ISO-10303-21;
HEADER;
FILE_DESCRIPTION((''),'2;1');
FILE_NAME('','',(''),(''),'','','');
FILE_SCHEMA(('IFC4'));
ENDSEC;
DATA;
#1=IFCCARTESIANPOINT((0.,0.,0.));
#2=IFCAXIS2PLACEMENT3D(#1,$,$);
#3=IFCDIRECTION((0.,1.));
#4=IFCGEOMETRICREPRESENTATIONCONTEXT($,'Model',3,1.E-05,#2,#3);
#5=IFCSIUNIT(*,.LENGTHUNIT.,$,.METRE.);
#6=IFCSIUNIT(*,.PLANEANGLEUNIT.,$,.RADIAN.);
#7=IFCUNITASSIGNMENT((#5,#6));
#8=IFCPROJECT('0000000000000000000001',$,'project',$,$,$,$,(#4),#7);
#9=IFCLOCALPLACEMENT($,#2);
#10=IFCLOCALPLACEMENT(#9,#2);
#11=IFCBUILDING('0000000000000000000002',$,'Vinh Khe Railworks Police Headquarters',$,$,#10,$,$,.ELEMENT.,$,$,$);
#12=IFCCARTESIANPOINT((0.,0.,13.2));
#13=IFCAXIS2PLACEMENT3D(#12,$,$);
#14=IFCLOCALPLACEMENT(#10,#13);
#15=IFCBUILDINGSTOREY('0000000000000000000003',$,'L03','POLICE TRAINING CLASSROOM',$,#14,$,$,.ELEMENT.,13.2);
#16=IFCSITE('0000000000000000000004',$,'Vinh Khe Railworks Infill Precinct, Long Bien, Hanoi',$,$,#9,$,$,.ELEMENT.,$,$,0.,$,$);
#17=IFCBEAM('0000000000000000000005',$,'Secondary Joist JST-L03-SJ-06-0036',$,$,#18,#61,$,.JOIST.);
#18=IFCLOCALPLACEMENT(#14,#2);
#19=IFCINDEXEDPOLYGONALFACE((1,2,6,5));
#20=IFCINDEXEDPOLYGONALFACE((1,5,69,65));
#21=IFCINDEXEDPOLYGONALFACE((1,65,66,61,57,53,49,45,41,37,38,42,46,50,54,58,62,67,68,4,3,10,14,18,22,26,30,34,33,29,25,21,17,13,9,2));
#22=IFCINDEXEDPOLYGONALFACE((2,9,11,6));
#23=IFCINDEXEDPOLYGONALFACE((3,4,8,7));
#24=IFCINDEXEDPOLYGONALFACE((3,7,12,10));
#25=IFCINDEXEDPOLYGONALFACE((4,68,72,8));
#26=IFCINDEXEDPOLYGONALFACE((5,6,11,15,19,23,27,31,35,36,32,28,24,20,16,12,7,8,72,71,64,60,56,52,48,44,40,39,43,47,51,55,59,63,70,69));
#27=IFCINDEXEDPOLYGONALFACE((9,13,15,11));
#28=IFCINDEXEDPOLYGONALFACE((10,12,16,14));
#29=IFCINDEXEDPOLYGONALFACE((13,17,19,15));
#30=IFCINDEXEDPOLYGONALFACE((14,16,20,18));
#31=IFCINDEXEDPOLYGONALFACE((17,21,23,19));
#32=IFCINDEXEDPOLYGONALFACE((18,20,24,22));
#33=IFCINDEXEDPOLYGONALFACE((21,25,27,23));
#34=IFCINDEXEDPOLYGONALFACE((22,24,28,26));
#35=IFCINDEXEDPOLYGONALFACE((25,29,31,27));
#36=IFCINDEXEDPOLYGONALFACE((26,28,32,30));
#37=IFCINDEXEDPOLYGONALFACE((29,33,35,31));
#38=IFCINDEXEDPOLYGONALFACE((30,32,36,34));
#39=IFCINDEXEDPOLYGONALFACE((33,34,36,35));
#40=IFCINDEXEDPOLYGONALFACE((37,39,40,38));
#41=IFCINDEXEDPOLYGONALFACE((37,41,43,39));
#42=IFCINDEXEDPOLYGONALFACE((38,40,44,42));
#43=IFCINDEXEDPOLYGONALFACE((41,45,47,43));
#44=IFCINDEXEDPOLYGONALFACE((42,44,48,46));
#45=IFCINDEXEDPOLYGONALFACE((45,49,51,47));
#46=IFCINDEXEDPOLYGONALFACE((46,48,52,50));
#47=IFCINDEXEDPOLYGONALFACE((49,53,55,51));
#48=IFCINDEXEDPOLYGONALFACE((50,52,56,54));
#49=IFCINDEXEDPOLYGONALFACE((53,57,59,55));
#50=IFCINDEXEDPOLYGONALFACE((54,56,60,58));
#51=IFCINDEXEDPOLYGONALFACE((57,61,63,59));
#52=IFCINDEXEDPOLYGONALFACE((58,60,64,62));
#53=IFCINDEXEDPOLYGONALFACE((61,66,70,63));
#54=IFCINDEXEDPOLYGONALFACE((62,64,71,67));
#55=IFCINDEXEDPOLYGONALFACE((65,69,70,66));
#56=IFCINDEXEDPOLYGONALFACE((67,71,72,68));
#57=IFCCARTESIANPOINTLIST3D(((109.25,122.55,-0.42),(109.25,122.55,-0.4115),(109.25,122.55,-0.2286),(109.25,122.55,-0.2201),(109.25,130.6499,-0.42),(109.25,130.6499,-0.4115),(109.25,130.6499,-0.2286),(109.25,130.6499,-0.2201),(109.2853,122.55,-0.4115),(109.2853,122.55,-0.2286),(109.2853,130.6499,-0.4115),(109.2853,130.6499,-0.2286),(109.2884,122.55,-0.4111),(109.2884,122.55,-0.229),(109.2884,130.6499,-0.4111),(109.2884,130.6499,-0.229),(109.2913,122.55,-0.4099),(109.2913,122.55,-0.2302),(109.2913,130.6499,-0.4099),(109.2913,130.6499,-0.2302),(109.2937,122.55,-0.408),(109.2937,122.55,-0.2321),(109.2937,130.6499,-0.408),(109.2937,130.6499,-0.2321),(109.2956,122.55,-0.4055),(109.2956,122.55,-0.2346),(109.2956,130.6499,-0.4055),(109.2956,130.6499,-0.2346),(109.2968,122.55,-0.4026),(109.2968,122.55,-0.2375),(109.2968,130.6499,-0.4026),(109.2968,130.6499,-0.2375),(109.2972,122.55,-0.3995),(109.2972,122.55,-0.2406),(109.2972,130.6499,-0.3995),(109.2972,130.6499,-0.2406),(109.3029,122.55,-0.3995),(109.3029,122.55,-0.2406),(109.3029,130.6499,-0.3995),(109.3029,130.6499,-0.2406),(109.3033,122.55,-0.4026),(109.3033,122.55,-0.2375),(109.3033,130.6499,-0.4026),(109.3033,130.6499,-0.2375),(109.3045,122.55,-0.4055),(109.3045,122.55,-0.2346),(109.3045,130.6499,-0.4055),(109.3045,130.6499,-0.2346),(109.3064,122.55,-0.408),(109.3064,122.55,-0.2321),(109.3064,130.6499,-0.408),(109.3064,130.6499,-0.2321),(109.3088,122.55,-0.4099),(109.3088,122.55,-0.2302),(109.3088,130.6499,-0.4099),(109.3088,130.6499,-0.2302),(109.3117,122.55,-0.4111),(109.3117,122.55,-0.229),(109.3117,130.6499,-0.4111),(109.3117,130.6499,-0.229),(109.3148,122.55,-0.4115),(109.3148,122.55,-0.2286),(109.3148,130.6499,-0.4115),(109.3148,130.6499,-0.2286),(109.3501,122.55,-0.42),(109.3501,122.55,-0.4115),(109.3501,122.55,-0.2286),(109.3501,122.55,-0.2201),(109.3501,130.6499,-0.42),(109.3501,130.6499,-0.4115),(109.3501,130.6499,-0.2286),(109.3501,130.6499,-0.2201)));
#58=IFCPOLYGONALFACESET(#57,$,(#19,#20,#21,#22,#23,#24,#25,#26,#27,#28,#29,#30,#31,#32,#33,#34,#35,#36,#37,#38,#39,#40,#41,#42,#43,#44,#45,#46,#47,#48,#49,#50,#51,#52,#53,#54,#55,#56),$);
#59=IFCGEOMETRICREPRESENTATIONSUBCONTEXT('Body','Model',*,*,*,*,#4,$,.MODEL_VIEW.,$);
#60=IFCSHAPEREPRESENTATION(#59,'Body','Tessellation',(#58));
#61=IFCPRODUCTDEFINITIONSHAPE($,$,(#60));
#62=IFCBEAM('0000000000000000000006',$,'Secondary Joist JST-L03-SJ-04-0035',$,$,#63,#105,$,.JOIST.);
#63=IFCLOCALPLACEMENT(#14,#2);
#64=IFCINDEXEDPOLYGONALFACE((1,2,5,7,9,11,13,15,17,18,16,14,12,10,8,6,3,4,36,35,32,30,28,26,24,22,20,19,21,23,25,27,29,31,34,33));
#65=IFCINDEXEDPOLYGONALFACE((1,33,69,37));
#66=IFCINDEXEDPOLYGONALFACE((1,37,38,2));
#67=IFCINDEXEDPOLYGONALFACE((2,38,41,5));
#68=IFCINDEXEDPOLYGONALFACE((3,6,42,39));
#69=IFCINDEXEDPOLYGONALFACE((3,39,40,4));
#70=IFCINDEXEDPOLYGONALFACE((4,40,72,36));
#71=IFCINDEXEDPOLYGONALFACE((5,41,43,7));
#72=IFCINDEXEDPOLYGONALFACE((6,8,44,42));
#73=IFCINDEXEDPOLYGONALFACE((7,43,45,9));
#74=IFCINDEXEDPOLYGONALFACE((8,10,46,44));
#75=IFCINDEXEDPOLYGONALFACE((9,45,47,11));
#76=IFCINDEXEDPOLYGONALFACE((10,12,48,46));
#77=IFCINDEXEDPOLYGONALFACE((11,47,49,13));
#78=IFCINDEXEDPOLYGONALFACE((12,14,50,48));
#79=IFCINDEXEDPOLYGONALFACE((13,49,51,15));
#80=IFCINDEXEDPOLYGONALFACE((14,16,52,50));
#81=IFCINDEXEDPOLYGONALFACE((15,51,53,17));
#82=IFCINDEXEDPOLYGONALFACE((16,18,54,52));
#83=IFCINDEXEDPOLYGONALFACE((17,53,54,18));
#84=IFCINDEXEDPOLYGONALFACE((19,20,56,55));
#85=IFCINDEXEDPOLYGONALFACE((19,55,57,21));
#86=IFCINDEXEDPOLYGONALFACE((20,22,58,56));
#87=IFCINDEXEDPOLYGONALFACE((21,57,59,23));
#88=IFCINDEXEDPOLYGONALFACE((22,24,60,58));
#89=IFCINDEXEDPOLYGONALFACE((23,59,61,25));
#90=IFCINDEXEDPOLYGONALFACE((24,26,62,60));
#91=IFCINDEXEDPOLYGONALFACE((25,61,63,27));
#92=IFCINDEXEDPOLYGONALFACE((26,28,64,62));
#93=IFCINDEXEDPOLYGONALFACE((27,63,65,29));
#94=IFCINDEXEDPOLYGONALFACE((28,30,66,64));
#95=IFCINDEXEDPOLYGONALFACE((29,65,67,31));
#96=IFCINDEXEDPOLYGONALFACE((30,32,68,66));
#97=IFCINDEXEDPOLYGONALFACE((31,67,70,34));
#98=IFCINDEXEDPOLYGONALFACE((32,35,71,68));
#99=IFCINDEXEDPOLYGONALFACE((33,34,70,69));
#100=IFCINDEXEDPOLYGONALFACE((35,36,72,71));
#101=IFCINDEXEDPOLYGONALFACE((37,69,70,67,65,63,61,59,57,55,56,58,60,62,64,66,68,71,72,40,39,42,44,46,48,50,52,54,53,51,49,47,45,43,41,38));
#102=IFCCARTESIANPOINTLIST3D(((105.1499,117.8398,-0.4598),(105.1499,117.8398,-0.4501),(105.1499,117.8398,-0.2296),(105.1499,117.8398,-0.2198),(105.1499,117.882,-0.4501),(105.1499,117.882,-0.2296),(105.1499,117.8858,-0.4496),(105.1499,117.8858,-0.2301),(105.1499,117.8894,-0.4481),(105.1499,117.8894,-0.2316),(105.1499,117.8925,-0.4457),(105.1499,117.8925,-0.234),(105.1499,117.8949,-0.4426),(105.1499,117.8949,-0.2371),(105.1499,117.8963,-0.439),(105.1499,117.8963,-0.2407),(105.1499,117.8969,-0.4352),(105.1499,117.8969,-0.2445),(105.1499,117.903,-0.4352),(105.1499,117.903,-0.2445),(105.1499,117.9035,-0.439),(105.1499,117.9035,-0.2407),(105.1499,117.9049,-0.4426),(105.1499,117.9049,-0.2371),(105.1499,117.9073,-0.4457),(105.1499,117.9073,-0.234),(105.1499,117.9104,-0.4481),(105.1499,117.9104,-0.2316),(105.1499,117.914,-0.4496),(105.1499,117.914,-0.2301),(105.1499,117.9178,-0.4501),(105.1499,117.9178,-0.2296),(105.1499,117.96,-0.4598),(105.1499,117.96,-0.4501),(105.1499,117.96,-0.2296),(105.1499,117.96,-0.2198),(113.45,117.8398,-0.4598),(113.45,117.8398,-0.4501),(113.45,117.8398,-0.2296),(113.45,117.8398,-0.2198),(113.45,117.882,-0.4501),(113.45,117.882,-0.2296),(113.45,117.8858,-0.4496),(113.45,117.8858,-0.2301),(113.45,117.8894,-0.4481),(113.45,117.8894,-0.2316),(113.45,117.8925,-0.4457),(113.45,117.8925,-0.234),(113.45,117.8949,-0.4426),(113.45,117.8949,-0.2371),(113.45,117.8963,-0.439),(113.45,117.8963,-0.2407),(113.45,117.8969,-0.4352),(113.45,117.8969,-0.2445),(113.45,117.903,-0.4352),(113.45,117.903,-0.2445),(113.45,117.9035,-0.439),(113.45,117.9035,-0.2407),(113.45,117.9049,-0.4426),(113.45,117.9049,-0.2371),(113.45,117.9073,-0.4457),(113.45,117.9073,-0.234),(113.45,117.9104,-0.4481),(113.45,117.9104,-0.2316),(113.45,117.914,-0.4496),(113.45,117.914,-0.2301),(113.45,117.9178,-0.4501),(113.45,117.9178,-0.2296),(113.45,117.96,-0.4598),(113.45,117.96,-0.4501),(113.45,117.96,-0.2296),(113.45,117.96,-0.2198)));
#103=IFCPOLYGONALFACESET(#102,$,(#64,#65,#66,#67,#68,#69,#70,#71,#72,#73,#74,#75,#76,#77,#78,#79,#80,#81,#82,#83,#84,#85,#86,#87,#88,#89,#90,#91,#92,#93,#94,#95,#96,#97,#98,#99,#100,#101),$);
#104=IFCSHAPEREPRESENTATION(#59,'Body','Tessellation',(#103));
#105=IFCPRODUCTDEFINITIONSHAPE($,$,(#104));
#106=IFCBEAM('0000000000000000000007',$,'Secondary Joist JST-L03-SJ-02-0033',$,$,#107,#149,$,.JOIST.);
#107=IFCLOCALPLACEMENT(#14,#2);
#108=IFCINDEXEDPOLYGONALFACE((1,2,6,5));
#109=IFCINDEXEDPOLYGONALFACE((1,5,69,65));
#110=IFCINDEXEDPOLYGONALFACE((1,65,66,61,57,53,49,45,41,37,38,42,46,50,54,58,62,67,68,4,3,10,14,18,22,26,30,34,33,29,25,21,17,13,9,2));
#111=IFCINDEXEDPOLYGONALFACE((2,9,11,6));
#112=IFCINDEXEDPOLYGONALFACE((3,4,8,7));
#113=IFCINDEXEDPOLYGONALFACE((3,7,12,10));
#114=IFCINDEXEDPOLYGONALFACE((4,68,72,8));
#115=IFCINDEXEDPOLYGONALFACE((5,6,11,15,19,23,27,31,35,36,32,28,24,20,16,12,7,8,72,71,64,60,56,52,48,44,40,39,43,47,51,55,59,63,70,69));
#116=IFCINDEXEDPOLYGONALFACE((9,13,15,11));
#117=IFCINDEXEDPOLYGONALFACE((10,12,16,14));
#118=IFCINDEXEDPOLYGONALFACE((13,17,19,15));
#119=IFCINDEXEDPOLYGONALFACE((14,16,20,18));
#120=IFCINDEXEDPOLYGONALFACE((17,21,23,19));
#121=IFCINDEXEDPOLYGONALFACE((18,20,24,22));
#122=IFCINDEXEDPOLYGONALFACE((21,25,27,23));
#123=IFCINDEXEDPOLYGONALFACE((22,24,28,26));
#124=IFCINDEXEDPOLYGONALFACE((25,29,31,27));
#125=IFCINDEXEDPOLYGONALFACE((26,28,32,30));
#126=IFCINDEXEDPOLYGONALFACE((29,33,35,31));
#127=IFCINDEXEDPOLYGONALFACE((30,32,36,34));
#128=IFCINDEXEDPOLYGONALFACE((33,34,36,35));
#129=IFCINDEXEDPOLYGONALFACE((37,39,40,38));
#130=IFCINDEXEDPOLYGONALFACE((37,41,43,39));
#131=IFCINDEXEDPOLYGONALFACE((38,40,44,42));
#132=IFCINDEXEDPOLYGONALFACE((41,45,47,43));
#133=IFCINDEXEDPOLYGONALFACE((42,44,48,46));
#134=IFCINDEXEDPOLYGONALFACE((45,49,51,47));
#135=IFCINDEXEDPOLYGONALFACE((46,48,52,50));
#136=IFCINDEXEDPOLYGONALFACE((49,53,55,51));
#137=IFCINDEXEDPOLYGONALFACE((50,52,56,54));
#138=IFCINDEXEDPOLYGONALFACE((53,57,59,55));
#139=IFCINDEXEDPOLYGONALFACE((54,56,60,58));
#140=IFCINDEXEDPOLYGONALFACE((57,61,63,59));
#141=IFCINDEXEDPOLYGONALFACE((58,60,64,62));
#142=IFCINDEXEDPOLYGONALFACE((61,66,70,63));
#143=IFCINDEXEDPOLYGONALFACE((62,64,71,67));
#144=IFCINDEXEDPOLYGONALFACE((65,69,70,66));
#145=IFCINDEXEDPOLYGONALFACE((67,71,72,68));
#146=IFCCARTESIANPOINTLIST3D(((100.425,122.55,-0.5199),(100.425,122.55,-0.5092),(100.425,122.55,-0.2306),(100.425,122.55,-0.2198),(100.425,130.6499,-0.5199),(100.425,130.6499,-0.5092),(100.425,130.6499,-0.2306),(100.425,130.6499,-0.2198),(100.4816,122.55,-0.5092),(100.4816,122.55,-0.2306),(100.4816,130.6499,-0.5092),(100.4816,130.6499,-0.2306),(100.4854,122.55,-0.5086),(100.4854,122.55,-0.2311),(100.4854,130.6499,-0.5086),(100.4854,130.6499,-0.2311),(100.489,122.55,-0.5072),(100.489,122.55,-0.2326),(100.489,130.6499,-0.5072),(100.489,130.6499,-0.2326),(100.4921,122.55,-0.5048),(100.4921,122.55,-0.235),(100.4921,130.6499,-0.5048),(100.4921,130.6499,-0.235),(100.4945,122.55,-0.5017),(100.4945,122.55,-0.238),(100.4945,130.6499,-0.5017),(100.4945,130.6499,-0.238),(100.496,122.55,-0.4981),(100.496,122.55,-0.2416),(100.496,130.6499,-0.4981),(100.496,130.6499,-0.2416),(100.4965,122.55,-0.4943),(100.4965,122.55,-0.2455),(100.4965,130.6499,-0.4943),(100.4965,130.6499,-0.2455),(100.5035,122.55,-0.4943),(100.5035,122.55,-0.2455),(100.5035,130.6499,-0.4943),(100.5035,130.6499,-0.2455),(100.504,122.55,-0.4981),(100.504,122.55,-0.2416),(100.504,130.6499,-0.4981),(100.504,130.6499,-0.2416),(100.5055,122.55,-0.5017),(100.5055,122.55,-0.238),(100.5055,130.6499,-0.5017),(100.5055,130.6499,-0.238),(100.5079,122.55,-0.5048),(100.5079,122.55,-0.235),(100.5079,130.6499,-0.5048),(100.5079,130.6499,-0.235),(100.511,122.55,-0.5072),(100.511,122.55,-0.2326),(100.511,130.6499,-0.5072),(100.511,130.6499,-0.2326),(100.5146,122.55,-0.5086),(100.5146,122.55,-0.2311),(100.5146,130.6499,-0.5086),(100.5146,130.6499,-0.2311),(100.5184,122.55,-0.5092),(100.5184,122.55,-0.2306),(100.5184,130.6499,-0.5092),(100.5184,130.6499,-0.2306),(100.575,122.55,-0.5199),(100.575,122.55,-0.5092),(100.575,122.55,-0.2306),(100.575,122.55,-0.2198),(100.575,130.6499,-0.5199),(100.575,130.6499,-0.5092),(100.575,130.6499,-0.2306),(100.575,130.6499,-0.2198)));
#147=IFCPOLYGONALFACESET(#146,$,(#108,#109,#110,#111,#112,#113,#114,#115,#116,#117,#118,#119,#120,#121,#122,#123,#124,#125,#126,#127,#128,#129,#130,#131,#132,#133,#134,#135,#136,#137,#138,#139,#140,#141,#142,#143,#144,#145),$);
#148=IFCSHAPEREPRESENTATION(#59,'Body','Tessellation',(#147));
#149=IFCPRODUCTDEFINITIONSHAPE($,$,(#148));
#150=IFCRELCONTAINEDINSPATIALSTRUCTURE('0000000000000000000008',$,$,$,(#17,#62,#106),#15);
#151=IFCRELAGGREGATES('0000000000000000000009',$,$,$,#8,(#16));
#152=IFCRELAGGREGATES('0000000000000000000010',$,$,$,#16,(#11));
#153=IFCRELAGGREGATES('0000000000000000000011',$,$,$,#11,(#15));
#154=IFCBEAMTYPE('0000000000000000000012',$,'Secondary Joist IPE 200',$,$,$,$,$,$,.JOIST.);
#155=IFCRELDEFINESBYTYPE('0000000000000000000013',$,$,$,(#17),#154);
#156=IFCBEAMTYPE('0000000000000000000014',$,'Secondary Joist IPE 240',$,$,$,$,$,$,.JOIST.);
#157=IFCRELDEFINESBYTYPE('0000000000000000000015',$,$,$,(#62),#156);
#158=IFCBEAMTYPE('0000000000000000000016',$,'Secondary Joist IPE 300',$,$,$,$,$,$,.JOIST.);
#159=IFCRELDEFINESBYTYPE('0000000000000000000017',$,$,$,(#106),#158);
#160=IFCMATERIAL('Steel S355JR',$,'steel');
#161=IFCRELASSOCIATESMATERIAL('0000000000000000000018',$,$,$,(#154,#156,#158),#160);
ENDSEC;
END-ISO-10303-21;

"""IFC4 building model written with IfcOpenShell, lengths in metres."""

from ifc_helpers import new_model, si_unit, direction, frame, origin, origin_2d, place, context, subcontext, project, spatial, i_section, extrude, material, material_profile, profile_set, type_object, element, save


model = new_model("IFC4")

# Units and contexts
model_context = context("Model", 3, precision=1e-05, world=origin(), true_north=direction((0.0, 1.0)))
body_context = subcontext(model_context, "Body", "Model", "MODEL_VIEW")
ifc_project = project(units=[si_unit("LENGTHUNIT", "METRE"), si_unit("PLANEANGLEUNIT", "RADIAN")], contexts=[model_context])

# Site, building, storey
site_placement = place(None, origin())
site = spatial("IfcSite", under=ifc_project, at=site_placement, Name="Vinh Khe Railworks Infill Precinct, Long Bien, Hanoi", CompositionType="ELEMENT", RefElevation=0.0)
building_placement = place(site_placement, origin())
building = spatial("IfcBuilding", under=site, at=building_placement, Name="Vinh Khe Railworks Police Headquarters", CompositionType="ELEMENT")
storey_placement = place(building_placement, frame((0.0, 0.0, 13.2)))
storey = spatial("IfcBuildingStorey", under=building, at=storey_placement, Name="L03", Description="POLICE TRAINING CLASSROOM", CompositionType="ELEMENT", Elevation=13.2)

# Shared definitions
ifc_material_1 = material(Name="Steel S355JR", Category="steel")

# Beams
ifc_material_profile_1 = material_profile(ifc_material_1, i_section(OverallWidth=0.1001, OverallDepth=0.2, WebThickness=0.0056, FlangeThickness=0.0085, FilletRadius=0.012, at=origin_2d()), Name="IPE 200")
ifc_profile_set_1 = profile_set([ifc_material_profile_1], Name="Steel S355JR")
beam_type_1 = type_object("IfcBeamType", Name="Secondary Joist IPE 200", PredefinedType="JOIST", material=ifc_profile_set_1)
beam_1_placement = place(storey_placement, frame((109.3, 122.55, -0.3201), z_axis=(0.0, 1.0, 0.0), x_axis=(-1.0, 0.0, 0.0)))
element("IfcBeam", 1, at=beam_1_placement, inside=storey, type_object=beam_type_1, Name="Secondary Joist JST-L03-SJ-06-0036", PredefinedType="JOIST", context=body_context, shape_type="SweptSolid", body=[
    extrude(i_section(OverallWidth=0.1001, OverallDepth=0.2, WebThickness=0.0056, FlangeThickness=0.0085, FilletRadius=0.012, at=origin_2d()), origin(), (0.0, 0.0, 1.0), 8.0999),
])
ifc_material_profile_2 = material_profile(ifc_material_1, i_section(OverallWidth=0.1201, OverallDepth=0.24, WebThickness=0.0061, FlangeThickness=0.0098, FilletRadius=0.0149, at=origin_2d()), Name="IPE 240")
ifc_profile_set_2 = profile_set([ifc_material_profile_2], Name="Steel S355JR")
beam_type_2 = type_object("IfcBeamType", Name="Secondary Joist IPE 240", PredefinedType="JOIST", material=ifc_profile_set_2)
beam_2_placement = place(storey_placement, frame((105.1499, 117.8999, -0.3398), z_axis=(1.0, 0.0, 0.0), x_axis=(0.0, 1.0, 0.0)))
element("IfcBeam", 2, at=beam_2_placement, inside=storey, type_object=beam_type_2, Name="Secondary Joist JST-L03-SJ-04-0035", PredefinedType="JOIST", context=body_context, shape_type="SweptSolid", body=[
    extrude(i_section(OverallWidth=0.1201, OverallDepth=0.24, WebThickness=0.0061, FlangeThickness=0.0098, FilletRadius=0.0149, at=origin_2d()), origin(), (0.0, 0.0, 1.0), 8.3),
])
ifc_material_profile_3 = material_profile(ifc_material_1, i_section(OverallWidth=0.1499, OverallDepth=0.3, WebThickness=0.0071, FlangeThickness=0.0107, FilletRadius=0.0149, at=origin_2d()), Name="IPE 300")
ifc_profile_set_3 = profile_set([ifc_material_profile_3], Name="Steel S355JR")
beam_type_3 = type_object("IfcBeamType", Name="Secondary Joist IPE 300", PredefinedType="JOIST", material=ifc_profile_set_3)
beam_3_placement = place(storey_placement, frame((100.5, 122.55, -0.3699), z_axis=(0.0, 1.0, 0.0), x_axis=(-1.0, 0.0, 0.0)))
element("IfcBeam", 3, at=beam_3_placement, inside=storey, type_object=beam_type_3, Name="Secondary Joist JST-L03-SJ-02-0033", PredefinedType="JOIST", context=body_context, shape_type="SweptSolid", body=[
    extrude(i_section(OverallWidth=0.1499, OverallDepth=0.3, WebThickness=0.0071, FlangeThickness=0.0107, FilletRadius=0.0149, at=origin_2d()), origin(), (0.0, 0.0, 1.0), 8.0999),
])

save(model, "model.ifc")
